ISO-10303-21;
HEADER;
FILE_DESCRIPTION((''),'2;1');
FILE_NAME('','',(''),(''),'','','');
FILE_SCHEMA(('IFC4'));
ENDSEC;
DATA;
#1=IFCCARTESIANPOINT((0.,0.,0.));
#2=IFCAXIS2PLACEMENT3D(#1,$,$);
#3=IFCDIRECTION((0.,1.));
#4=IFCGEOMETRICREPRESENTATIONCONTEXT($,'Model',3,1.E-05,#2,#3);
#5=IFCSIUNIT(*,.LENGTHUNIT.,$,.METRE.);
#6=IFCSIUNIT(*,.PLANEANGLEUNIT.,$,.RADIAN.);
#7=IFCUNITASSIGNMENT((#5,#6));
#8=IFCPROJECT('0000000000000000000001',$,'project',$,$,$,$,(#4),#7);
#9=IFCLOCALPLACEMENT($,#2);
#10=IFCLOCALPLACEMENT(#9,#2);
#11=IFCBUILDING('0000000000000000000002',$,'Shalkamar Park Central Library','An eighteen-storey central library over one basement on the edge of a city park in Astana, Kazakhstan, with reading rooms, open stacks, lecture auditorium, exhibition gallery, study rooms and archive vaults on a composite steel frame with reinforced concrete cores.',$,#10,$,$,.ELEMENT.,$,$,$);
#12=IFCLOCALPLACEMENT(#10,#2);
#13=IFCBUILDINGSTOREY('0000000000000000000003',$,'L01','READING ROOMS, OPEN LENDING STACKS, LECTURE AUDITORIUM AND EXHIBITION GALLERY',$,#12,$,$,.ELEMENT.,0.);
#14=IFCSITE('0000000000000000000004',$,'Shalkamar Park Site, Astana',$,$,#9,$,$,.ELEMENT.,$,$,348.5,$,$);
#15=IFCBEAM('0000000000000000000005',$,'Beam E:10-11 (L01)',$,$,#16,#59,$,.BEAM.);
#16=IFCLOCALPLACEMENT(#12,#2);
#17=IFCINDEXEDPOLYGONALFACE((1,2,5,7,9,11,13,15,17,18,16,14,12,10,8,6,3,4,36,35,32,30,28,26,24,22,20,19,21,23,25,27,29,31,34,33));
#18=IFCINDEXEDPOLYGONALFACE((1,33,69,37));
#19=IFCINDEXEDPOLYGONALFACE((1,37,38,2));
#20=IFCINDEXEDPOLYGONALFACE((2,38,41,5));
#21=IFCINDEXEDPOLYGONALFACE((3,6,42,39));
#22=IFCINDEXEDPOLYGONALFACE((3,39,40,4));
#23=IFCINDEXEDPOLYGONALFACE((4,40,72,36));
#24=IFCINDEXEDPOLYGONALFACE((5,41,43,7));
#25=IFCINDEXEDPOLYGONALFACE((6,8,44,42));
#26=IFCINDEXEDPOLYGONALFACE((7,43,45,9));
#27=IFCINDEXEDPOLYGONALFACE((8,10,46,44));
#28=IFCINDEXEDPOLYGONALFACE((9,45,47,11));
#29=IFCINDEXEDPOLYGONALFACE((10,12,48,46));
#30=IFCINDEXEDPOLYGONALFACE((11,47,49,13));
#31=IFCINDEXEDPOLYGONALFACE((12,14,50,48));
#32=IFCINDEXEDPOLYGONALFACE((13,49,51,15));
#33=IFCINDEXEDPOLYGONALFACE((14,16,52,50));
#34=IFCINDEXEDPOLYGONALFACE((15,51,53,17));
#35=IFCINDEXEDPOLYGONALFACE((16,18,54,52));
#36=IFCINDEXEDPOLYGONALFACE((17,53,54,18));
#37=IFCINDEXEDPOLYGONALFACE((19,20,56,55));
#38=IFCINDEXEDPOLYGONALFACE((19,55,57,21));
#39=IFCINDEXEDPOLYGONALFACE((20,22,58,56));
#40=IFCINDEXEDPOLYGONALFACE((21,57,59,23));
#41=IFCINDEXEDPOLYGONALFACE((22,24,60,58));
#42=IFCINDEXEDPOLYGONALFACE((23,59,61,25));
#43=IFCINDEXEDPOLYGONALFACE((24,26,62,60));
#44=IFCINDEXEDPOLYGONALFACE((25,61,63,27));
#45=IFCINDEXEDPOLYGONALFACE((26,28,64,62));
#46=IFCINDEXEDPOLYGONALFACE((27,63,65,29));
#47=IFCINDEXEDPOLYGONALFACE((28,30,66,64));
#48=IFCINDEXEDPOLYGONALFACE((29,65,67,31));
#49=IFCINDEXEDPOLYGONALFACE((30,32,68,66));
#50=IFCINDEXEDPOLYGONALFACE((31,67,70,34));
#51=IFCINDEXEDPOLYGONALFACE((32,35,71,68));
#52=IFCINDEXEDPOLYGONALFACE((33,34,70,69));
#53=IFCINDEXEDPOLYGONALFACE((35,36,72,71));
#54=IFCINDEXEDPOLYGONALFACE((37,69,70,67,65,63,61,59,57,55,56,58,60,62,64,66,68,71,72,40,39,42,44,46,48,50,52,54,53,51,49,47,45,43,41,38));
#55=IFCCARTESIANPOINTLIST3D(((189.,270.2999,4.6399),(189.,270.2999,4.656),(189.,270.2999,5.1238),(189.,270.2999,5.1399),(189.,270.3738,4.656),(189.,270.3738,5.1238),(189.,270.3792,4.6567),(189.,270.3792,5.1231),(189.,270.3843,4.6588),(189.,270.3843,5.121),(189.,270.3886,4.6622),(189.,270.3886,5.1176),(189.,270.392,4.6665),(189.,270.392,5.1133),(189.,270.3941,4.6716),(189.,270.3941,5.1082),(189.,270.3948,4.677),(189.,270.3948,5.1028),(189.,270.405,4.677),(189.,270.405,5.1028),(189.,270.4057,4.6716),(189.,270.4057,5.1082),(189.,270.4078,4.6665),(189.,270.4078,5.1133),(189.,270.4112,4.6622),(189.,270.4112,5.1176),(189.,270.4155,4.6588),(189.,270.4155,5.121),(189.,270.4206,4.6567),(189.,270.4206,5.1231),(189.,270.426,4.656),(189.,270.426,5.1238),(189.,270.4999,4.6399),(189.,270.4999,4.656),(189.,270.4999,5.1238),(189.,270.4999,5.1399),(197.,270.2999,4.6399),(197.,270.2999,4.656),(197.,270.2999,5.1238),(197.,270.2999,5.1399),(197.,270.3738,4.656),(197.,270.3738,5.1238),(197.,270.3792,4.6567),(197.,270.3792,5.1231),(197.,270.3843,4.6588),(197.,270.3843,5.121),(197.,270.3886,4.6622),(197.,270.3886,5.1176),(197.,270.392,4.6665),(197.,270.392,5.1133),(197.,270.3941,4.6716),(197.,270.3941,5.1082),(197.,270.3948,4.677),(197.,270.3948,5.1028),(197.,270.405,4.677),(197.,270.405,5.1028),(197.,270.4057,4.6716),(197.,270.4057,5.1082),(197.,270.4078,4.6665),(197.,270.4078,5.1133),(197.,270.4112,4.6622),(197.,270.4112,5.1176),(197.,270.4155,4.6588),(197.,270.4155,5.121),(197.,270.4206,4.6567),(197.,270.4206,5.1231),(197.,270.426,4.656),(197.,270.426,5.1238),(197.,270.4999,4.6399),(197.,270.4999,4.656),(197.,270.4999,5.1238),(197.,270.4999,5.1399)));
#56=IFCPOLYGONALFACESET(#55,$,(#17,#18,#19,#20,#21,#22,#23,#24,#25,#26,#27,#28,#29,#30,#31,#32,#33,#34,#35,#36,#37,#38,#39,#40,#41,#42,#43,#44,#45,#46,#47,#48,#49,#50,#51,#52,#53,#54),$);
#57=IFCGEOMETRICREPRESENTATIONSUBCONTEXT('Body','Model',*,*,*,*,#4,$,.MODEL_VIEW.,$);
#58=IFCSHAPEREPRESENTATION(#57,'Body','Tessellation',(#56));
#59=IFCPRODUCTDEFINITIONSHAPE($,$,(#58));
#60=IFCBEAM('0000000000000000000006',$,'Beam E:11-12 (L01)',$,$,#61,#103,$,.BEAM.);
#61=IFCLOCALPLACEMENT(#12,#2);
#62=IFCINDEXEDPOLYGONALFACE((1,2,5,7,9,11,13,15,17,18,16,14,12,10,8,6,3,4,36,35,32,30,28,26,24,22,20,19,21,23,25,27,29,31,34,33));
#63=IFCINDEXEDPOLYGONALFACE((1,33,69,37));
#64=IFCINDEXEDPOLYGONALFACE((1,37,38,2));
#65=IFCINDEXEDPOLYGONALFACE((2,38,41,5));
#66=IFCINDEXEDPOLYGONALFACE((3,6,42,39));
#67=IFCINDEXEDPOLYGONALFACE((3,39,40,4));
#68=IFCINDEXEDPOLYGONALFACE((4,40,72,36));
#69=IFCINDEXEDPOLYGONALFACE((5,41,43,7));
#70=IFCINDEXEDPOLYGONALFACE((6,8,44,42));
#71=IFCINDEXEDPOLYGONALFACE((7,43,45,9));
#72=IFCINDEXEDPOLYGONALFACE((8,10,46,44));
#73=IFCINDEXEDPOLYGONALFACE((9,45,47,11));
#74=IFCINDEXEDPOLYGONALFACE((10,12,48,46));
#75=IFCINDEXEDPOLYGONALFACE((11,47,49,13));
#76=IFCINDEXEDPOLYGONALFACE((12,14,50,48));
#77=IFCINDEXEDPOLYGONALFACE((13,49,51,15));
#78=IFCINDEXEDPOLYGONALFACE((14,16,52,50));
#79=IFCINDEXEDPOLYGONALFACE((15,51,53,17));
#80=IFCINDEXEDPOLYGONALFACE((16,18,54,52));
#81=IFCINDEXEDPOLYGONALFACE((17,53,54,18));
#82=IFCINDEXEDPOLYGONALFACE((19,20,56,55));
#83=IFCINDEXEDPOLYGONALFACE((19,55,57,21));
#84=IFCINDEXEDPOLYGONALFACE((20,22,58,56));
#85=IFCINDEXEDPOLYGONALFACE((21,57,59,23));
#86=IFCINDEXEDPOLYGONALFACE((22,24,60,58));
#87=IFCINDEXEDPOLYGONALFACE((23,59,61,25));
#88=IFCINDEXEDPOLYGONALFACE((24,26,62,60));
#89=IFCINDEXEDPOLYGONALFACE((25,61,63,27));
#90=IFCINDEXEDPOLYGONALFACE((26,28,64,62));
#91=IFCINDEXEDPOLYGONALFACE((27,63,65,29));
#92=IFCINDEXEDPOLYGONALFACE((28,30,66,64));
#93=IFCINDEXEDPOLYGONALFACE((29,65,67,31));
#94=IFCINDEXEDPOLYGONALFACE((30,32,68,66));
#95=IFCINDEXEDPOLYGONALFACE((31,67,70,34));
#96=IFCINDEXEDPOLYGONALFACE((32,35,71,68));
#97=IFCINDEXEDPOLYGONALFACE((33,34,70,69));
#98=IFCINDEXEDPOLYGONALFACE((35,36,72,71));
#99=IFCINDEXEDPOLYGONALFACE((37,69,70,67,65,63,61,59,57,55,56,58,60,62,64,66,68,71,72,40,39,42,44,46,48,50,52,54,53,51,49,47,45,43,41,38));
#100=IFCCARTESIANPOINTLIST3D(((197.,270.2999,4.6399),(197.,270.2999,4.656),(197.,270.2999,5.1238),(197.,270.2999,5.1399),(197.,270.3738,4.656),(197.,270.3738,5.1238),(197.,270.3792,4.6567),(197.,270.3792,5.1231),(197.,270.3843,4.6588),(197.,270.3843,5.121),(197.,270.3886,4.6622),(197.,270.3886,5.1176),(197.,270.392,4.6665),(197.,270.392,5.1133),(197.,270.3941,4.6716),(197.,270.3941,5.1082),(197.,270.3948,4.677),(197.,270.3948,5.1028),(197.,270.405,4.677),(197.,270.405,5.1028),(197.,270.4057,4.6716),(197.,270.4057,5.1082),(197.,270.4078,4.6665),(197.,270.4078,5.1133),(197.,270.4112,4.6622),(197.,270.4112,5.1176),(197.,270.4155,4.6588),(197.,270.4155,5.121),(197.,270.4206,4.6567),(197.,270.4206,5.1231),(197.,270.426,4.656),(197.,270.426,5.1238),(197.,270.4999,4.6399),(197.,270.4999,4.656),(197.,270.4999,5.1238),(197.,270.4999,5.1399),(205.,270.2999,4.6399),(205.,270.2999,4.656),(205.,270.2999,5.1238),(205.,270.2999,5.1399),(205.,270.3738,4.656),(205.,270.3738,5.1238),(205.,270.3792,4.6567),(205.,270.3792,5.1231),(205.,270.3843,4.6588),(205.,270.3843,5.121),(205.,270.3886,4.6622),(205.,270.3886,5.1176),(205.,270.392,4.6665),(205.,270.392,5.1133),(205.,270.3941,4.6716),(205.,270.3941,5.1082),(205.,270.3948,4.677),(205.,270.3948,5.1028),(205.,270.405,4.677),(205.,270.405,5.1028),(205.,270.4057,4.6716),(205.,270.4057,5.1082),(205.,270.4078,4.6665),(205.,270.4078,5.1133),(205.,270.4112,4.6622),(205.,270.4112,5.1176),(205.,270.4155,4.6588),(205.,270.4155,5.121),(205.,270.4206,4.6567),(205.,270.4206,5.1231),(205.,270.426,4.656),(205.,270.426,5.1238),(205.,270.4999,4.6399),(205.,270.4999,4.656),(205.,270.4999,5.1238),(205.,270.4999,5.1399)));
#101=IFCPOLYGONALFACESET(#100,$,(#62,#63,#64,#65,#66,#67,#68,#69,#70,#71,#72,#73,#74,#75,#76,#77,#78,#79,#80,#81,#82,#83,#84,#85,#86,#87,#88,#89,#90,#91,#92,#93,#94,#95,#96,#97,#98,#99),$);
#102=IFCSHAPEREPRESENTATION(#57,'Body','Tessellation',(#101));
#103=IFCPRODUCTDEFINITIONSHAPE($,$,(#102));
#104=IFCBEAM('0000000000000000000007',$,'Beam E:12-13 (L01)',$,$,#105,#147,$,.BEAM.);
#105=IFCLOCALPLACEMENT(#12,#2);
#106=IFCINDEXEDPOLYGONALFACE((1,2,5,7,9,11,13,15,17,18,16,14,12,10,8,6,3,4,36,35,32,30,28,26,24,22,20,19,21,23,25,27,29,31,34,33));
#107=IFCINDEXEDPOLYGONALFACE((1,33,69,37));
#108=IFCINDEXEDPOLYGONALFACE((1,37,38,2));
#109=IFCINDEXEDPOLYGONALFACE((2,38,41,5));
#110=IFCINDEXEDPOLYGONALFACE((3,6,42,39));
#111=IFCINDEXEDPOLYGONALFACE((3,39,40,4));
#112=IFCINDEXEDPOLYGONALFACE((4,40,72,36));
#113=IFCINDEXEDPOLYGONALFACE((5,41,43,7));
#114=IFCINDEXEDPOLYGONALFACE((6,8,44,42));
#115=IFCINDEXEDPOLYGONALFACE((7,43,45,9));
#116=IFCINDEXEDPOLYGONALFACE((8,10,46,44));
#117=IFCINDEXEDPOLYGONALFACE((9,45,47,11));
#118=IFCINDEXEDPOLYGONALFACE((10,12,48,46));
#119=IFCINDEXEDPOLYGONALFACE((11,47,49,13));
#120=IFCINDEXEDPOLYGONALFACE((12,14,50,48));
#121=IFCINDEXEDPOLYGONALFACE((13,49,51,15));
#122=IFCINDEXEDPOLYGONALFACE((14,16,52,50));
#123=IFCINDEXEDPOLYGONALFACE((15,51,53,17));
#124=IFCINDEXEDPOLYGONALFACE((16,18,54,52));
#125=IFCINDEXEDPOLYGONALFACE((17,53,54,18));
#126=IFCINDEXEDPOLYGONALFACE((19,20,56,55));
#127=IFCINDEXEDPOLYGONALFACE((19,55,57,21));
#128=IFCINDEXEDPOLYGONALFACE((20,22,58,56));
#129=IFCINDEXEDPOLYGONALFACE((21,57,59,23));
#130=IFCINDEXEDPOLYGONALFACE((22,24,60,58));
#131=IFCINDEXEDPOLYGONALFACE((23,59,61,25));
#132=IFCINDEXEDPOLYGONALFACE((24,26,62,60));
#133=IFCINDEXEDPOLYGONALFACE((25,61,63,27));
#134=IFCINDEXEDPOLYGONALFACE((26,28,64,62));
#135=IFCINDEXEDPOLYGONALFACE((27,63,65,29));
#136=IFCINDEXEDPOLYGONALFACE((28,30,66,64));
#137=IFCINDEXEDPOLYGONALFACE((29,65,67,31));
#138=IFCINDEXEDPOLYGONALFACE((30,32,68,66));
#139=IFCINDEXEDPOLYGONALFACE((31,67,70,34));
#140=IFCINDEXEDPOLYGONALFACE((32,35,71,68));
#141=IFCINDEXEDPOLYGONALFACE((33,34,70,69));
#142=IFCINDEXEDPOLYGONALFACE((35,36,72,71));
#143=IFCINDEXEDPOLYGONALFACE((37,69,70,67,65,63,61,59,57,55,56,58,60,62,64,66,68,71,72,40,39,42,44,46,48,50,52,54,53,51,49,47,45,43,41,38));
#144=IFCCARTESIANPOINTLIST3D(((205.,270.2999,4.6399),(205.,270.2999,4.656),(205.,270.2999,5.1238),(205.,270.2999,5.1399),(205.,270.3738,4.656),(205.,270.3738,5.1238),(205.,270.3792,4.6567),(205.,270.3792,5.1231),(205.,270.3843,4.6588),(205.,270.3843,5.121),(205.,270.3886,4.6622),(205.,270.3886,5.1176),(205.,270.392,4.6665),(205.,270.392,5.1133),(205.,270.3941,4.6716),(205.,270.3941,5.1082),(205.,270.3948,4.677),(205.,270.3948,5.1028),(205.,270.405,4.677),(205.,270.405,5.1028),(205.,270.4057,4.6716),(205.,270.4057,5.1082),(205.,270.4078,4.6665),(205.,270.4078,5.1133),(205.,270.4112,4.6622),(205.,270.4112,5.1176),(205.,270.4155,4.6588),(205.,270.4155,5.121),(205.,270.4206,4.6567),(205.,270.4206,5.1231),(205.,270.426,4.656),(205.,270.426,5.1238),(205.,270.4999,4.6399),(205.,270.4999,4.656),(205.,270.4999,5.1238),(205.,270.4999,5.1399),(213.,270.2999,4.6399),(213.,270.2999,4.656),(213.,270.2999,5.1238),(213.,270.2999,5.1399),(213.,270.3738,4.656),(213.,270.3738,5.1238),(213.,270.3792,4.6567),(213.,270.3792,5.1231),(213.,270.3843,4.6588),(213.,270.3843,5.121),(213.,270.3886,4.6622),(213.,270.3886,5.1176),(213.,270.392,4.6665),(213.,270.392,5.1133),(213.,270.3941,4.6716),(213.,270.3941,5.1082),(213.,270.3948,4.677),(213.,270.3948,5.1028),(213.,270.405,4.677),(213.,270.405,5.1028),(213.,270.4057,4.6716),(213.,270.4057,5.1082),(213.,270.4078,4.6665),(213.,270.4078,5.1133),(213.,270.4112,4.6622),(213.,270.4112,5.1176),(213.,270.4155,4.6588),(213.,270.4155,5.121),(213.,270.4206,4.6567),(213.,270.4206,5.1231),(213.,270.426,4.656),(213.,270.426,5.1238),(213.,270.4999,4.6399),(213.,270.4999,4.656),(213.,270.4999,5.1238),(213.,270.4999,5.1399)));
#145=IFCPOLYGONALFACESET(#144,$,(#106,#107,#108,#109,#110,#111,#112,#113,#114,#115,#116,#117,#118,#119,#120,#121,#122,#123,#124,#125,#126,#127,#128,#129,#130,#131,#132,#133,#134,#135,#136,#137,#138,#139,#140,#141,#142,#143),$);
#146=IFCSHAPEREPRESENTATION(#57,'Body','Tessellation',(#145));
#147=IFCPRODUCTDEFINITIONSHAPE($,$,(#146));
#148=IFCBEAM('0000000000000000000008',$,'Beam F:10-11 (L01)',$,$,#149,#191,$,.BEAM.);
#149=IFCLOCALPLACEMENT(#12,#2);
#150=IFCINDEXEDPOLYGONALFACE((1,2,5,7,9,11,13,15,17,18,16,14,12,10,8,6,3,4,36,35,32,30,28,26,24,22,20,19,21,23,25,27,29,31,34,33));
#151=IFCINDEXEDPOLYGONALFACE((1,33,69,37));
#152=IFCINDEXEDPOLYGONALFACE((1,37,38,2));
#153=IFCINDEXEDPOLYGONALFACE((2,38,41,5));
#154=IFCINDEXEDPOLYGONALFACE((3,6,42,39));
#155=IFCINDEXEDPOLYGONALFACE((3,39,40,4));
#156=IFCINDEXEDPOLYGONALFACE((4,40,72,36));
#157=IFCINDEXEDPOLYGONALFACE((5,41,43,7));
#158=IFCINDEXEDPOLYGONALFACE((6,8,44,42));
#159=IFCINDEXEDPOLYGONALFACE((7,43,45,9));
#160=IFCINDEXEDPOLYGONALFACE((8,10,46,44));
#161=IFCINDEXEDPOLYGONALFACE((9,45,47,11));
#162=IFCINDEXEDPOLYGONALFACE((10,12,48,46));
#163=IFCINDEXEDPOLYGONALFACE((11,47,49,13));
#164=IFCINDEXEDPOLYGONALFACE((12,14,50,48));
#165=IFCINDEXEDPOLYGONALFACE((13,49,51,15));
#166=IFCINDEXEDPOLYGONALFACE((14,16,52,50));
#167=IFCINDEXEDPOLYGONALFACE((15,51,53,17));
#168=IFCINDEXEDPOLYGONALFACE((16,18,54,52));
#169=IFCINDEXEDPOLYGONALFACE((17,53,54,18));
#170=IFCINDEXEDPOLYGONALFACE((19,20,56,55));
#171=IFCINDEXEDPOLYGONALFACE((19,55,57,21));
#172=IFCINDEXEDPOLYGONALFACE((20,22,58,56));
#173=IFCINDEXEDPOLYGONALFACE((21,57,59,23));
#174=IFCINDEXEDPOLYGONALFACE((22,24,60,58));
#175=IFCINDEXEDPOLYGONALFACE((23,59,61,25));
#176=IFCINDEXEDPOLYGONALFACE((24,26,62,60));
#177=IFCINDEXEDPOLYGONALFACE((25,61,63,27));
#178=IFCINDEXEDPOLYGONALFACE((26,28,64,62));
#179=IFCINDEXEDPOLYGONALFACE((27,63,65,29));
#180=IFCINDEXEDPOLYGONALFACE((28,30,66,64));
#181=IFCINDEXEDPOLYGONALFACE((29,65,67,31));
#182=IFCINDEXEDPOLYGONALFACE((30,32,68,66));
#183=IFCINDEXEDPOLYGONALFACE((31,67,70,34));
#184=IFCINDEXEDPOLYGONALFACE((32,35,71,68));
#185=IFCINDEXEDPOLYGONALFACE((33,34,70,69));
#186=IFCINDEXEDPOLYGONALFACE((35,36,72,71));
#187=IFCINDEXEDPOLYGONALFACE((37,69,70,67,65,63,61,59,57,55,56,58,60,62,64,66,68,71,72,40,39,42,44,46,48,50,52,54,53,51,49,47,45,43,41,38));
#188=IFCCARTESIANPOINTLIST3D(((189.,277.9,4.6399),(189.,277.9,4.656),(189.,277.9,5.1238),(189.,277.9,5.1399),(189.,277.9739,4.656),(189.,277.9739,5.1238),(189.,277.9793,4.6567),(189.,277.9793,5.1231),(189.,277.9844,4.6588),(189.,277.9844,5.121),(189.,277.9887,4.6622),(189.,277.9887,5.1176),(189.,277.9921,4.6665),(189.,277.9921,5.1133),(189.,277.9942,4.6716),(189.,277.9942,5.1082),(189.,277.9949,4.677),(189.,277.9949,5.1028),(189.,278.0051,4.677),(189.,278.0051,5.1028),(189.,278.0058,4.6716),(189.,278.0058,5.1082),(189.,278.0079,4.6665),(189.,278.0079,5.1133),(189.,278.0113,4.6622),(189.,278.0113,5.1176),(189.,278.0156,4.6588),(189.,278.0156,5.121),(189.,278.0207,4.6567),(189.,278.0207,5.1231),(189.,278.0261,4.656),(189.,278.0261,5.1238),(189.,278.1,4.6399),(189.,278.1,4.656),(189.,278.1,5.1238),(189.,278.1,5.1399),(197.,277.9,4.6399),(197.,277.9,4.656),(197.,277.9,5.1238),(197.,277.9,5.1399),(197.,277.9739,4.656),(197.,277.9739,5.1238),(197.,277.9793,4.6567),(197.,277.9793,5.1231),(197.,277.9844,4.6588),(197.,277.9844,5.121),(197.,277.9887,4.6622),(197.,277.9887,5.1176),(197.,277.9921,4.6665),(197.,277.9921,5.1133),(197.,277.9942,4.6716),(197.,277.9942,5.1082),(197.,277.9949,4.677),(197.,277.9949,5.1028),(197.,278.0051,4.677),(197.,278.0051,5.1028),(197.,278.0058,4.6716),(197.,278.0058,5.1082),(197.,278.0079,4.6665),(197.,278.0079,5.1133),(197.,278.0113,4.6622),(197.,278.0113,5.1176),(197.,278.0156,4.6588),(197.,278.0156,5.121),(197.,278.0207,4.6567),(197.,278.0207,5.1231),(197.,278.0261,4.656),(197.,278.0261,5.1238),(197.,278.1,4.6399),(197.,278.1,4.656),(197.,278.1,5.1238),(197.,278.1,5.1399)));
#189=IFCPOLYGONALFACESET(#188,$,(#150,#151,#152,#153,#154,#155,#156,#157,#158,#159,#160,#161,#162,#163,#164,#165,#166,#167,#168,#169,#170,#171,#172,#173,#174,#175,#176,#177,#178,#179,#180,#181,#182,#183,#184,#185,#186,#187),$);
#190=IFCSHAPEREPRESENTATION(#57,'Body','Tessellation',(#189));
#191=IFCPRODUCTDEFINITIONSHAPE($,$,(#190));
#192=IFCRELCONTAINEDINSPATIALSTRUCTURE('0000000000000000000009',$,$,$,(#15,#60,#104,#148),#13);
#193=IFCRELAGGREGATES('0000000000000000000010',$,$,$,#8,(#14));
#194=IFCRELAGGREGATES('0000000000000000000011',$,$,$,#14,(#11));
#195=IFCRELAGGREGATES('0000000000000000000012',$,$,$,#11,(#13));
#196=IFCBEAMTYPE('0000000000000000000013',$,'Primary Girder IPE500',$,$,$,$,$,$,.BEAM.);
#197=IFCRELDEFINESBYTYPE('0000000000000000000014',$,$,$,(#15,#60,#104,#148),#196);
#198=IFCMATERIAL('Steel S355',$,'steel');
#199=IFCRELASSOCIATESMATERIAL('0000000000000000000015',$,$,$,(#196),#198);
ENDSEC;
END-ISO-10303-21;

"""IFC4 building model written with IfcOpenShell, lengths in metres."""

from ifc_helpers import new_model, si_unit, direction, frame, origin, origin_2d, place, context, subcontext, project, spatial, i_section, extrude, material, material_profile, profile_set, type_object, element, save


model = new_model("IFC4")

# Units and contexts
model_context = context("Model", 3, precision=1e-05, world=origin(), true_north=direction((0.0, 1.0)))
body_context = subcontext(model_context, "Body", "Model", "MODEL_VIEW")
ifc_project = project(units=[si_unit("LENGTHUNIT", "METRE"), si_unit("PLANEANGLEUNIT", "RADIAN")], contexts=[model_context])

# Site, building, storey
site_placement = place(None, origin())
site = spatial("IfcSite", under=ifc_project, at=site_placement, Name="Shalkamar Park Site, Astana", CompositionType="ELEMENT", RefElevation=348.5)
building_placement = place(site_placement, origin())
building = spatial("IfcBuilding", under=site, at=building_placement, Name="Shalkamar Park Central Library", Description="An eighteen-storey central library over one basement on the edge of a city park in Astana, Kazakhstan, with reading rooms, open stacks, lecture auditorium, exhibition gallery, study rooms and archive vaults on a composite steel frame with reinforced concrete cores.", CompositionType="ELEMENT")
storey_placement = place(building_placement, origin())
storey = spatial("IfcBuildingStorey", under=building, at=storey_placement, Name="L01", Description="READING ROOMS, OPEN LENDING STACKS, LECTURE AUDITORIUM AND EXHIBITION GALLERY", CompositionType="ELEMENT", Elevation=0.0)

# Shared definitions
ifc_material = material(Name="Steel S355", Category="steel")

# Beams
ifc_material_profile_1 = material_profile(ifc_material, i_section(OverallWidth=0.2, OverallDepth=0.5, WebThickness=0.0103, FlangeThickness=0.0161, FilletRadius=0.021, at=origin_2d()), Name="IPE 500")
ifc_profile_set_1 = profile_set([ifc_material_profile_1], Name="Steel S355")
beam_type_1 = type_object("IfcBeamType", Name="Primary Girder IPE500", PredefinedType="BEAM", material=ifc_profile_set_1)
for number, where, z_axis, x_axis, name in (
    (1, (189.0, 270.3999, 4.8899), (1.0, 0.0, 0.0), (0.0, 1.0, 0.0), "Beam E:10-11 (L01)"),
    (2, (197.0, 270.3999, 4.8899), (1.0, 0.0, 0.0), (0.0, 1.0, 0.0), "Beam E:11-12 (L01)"),
    (3, (205.0, 270.3999, 4.8899), (1.0, 0.0, 0.0), (0.0, 1.0, 0.0), "Beam E:12-13 (L01)"),
    (4, (189.0, 278.0, 4.8899), (1.0, 0.0, 0.0), (0.0, 1.0, 0.0), "Beam F:10-11 (L01)"),
):
    element("IfcBeam", number, at=place(storey_placement, frame(where, z_axis=z_axis, x_axis=x_axis)), inside=storey, type_object=beam_type_1, Name=name, PredefinedType="BEAM", context=body_context, shape_type="SweptSolid", body=[
        extrude(i_section(OverallWidth=0.2, OverallDepth=0.5, WebThickness=0.0103, FlangeThickness=0.0161, FilletRadius=0.021, at=origin_2d()), origin(), (0.0, 0.0, 1.0), 8.0),
    ])

save(model, "model.ifc")
